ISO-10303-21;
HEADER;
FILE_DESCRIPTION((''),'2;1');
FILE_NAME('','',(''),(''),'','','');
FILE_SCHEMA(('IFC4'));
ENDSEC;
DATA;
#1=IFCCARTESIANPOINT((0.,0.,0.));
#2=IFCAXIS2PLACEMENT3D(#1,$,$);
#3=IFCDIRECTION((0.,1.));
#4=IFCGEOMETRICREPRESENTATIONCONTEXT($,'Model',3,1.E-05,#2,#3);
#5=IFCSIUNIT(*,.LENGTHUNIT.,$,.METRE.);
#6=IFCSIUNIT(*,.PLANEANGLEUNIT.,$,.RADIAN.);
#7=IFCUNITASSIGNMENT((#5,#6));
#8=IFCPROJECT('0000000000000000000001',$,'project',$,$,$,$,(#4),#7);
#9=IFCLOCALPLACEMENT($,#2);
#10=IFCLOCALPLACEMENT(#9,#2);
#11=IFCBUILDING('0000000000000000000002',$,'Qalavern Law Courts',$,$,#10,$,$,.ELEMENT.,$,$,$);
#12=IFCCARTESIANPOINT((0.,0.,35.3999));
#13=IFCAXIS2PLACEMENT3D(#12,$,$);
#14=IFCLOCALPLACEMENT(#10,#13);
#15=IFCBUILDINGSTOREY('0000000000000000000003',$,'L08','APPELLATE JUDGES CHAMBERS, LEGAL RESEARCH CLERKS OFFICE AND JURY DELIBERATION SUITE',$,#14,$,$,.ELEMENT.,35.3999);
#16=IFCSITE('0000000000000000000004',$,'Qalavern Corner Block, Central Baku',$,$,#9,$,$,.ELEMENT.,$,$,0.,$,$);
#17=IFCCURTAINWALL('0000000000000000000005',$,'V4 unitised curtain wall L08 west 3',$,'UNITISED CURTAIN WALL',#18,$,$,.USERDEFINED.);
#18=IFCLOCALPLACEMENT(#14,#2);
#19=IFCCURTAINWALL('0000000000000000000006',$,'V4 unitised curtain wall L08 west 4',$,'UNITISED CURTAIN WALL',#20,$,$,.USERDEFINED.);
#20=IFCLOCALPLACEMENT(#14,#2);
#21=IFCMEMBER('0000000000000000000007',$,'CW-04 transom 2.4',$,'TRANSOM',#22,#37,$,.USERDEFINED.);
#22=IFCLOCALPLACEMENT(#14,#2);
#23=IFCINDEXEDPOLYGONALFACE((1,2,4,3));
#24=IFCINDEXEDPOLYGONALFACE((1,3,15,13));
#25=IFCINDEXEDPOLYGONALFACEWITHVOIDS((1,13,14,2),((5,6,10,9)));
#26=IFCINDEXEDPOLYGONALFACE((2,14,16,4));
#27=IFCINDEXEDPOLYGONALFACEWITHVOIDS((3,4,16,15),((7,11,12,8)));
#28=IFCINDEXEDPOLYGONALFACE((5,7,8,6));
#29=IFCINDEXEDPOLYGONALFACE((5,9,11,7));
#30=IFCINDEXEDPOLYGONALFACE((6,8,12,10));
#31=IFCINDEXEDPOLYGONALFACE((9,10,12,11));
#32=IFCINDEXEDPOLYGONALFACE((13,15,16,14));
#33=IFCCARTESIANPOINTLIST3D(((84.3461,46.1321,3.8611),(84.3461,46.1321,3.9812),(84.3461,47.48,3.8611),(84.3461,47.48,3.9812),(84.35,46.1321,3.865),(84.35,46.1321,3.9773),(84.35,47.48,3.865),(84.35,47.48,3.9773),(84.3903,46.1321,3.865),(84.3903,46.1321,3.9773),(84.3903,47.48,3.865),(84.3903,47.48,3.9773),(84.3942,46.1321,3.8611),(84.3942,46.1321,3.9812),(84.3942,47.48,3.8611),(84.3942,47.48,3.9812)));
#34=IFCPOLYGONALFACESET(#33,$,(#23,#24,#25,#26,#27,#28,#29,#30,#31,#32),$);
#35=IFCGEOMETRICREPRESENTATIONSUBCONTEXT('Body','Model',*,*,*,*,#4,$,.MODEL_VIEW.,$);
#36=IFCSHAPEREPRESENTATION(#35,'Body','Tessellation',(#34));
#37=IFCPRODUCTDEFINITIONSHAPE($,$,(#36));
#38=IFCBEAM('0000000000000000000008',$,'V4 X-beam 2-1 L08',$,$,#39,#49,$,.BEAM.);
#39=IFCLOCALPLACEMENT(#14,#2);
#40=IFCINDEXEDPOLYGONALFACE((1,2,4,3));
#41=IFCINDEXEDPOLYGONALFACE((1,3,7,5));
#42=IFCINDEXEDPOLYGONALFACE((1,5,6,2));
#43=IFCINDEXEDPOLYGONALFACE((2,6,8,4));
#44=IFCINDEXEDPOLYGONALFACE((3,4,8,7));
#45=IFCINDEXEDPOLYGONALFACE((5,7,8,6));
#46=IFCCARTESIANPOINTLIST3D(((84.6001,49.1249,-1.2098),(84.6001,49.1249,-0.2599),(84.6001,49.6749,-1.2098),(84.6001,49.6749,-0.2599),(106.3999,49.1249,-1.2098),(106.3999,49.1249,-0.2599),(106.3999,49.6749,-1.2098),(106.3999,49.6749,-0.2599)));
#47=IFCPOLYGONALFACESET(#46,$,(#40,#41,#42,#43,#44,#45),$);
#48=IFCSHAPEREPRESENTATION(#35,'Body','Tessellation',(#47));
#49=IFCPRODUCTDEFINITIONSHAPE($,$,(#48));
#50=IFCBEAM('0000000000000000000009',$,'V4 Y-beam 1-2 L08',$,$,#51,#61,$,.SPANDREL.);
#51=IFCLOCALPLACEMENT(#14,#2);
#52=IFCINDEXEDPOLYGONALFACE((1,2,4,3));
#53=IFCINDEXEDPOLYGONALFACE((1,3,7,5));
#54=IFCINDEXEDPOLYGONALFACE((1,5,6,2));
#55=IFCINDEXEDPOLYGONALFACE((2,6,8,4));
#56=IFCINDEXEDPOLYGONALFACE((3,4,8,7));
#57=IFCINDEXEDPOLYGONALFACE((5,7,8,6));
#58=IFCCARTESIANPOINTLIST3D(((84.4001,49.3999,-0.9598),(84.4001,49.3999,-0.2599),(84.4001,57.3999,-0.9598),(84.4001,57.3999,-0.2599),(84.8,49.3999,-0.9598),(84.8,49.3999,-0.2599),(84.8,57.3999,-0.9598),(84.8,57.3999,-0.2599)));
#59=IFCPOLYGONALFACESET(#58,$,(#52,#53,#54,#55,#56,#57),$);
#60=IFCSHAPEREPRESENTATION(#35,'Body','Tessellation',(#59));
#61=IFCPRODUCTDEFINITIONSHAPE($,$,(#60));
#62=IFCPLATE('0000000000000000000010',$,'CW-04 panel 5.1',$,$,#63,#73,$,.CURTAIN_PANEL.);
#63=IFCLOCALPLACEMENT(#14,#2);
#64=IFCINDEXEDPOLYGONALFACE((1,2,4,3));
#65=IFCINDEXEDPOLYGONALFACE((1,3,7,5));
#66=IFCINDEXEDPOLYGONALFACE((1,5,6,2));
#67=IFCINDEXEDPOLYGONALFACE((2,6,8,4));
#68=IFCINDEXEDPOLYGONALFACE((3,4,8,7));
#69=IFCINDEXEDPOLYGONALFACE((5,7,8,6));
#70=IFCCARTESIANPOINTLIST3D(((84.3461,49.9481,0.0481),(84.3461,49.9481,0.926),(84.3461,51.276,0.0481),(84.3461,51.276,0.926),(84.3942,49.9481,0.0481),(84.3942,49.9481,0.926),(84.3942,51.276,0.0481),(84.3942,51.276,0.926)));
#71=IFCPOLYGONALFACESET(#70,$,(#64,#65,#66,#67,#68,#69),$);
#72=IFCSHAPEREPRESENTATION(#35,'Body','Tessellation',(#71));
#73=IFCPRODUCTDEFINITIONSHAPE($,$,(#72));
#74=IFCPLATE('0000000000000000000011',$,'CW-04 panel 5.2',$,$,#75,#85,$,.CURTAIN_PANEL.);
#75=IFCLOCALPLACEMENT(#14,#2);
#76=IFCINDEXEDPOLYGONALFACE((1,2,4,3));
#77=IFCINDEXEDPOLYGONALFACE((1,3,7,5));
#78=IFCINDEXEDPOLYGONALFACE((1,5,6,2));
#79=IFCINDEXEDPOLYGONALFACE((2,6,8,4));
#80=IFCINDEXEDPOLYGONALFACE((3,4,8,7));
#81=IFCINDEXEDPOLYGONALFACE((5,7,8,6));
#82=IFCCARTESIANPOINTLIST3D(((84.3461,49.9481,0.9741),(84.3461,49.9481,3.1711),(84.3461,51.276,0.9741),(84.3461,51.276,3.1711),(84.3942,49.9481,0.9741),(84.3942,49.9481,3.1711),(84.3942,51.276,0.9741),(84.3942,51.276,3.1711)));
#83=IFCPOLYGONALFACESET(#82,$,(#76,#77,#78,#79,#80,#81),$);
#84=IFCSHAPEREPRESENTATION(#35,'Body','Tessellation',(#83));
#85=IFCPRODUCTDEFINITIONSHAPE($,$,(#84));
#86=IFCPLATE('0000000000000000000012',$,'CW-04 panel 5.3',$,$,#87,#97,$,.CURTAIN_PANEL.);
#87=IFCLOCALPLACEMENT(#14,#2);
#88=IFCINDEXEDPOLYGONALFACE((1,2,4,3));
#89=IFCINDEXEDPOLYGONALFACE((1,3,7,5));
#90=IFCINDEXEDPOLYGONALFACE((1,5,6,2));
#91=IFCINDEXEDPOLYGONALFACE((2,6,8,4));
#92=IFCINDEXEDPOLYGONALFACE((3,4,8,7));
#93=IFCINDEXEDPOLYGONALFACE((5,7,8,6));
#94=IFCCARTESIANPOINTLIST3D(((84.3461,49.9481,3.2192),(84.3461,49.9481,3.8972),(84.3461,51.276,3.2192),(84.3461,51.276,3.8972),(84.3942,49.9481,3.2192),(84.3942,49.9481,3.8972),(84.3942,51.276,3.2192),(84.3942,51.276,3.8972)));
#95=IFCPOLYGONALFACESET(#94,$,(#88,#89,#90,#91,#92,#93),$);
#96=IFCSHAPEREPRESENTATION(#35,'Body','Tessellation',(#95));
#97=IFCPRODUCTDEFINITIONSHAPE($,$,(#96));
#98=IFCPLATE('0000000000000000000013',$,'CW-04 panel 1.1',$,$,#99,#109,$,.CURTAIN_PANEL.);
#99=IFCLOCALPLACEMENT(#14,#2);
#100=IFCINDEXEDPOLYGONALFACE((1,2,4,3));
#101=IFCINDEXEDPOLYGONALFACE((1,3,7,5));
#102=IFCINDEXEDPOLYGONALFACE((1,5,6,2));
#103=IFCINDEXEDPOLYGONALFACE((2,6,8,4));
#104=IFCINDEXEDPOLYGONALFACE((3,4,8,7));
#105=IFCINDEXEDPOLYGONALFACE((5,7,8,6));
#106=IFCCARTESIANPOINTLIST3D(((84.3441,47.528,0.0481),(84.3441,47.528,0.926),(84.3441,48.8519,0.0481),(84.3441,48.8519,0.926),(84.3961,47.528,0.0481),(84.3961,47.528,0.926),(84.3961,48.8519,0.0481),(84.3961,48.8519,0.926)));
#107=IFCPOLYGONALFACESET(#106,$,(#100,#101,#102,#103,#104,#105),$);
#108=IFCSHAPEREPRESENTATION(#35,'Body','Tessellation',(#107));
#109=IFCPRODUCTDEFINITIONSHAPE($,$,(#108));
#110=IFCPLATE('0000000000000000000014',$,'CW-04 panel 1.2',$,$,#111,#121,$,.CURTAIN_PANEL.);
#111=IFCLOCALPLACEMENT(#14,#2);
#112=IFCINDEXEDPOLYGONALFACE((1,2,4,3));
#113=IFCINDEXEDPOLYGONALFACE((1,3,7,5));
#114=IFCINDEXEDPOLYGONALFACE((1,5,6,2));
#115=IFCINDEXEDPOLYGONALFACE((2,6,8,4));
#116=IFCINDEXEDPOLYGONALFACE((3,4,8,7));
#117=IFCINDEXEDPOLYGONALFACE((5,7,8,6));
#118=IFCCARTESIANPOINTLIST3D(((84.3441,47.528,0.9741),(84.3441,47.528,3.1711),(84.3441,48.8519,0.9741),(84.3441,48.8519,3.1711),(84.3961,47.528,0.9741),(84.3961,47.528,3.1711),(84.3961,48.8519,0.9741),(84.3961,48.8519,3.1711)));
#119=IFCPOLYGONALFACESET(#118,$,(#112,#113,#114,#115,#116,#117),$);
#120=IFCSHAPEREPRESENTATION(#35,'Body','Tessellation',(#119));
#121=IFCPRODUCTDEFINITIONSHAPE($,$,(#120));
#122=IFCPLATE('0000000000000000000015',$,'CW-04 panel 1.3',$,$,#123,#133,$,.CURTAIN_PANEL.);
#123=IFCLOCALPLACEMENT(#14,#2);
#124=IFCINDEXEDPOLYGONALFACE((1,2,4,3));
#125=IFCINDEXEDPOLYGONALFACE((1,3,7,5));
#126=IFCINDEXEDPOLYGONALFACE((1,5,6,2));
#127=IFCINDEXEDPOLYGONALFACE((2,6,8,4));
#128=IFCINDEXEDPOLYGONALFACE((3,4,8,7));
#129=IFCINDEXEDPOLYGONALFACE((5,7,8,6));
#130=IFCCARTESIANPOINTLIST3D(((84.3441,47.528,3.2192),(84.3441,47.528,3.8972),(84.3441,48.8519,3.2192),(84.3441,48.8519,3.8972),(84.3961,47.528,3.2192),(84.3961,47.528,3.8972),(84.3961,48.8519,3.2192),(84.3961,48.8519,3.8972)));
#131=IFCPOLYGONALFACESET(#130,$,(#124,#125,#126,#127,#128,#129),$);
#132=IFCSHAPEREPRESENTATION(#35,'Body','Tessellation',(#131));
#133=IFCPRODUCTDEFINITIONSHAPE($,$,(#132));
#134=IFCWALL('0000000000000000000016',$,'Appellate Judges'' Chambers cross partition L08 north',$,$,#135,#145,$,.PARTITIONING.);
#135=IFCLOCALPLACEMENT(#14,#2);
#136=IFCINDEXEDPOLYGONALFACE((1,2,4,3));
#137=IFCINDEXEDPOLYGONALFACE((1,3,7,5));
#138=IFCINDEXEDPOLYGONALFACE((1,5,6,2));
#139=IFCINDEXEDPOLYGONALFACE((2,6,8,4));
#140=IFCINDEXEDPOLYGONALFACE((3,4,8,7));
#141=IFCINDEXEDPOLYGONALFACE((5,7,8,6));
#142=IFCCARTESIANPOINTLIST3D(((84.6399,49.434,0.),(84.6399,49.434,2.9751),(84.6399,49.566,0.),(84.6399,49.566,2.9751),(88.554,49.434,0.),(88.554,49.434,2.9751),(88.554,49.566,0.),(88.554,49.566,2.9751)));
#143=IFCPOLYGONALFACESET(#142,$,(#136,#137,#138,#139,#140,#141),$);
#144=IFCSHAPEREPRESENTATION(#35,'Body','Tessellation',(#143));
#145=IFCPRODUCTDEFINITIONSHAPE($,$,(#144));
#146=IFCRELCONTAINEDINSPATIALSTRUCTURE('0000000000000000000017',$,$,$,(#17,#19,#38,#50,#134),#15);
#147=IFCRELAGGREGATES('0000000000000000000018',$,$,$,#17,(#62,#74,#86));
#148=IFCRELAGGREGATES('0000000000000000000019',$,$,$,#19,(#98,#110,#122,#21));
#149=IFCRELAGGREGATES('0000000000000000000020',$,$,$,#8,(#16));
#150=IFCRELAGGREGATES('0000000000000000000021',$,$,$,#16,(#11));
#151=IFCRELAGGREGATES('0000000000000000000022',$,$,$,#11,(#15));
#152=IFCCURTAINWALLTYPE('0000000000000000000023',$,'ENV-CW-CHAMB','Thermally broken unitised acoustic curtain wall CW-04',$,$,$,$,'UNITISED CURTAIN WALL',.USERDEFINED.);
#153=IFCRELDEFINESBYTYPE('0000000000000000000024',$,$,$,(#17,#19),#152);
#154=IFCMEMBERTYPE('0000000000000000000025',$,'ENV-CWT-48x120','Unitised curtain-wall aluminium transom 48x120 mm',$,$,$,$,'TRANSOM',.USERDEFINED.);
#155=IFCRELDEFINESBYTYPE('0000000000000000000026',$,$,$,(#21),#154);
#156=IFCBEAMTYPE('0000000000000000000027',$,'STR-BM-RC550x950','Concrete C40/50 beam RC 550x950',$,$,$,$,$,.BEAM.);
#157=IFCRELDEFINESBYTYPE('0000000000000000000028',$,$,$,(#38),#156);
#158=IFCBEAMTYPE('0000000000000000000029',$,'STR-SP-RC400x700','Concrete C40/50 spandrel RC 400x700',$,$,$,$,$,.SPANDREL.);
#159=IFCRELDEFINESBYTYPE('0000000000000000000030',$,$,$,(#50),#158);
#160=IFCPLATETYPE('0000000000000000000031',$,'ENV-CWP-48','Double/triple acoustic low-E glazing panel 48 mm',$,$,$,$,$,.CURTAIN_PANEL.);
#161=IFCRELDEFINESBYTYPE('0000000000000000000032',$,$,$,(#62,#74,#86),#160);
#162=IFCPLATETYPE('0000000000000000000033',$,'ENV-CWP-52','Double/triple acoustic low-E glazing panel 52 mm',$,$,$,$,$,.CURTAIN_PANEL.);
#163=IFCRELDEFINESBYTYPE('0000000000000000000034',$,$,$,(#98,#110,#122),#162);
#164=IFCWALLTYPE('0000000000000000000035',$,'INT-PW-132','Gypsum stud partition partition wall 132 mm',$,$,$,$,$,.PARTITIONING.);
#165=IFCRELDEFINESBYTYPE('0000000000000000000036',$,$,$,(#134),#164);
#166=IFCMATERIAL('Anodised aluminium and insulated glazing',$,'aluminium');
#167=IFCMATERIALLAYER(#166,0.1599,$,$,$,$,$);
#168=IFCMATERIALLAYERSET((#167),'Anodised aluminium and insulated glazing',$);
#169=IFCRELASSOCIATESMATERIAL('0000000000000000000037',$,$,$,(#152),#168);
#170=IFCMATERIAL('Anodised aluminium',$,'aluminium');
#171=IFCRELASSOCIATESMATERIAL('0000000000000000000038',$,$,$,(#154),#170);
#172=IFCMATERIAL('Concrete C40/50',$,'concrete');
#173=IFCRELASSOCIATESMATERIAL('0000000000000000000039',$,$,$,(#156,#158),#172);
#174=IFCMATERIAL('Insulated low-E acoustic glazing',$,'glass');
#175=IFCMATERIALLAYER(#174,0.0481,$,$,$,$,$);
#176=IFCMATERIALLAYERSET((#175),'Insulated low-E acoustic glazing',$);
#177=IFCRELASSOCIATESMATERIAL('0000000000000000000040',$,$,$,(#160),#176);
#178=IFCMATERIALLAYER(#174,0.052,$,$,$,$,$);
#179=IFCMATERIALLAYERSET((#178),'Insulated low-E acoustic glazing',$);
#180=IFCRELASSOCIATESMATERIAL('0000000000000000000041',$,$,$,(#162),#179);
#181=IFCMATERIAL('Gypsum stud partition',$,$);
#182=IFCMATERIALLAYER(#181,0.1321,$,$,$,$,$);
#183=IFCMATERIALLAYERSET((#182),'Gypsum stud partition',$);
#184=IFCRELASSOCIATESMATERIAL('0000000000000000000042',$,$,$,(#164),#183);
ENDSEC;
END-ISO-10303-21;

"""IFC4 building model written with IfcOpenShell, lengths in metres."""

from ifc_helpers import new_model, si_unit, direction, frame, frame_2d, origin, origin_2d, place, context, subcontext, project, spatial, rectangle, hollow_rectangle, extrude, material, layer, layer_set, material_profile, profile_set, type_object, element, aggregate, save


model = new_model("IFC4")

# Units and contexts
model_context = context("Model", 3, precision=1e-05, world=origin(), true_north=direction((0.0, 1.0)))
body_context = subcontext(model_context, "Body", "Model", "MODEL_VIEW")
ifc_project = project(units=[si_unit("LENGTHUNIT", "METRE"), si_unit("PLANEANGLEUNIT", "RADIAN")], contexts=[model_context])

# Site, building, storey
site_placement = place(None, origin())
site = spatial("IfcSite", under=ifc_project, at=site_placement, Name="Qalavern Corner Block, Central Baku", CompositionType="ELEMENT", RefElevation=0.0)
building_placement = place(site_placement, origin())
building = spatial("IfcBuilding", under=site, at=building_placement, Name="Qalavern Law Courts", CompositionType="ELEMENT")
storey_placement = place(building_placement, frame((0.0, 0.0, 35.3999)))
storey = spatial("IfcBuildingStorey", under=building, at=storey_placement, Name="L08", Description="APPELLATE JUDGES CHAMBERS, LEGAL RESEARCH CLERKS OFFICE AND JURY DELIBERATION SUITE", CompositionType="ELEMENT", Elevation=35.3999)

# Curtain wall
ifc_material_1 = material(Name="Anodised aluminium and insulated glazing", Category="aluminium")
ifc_layer_1 = layer(ifc_material_1, 0.1599)
ifc_layer_set_1 = layer_set([ifc_layer_1], Name="Anodised aluminium and insulated glazing")
curtain_wall_type = type_object("IfcCurtainWallType", Name="ENV-CW-CHAMB", Description="Thermally broken unitised acoustic curtain wall CW-04", ElementType="UNITISED CURTAIN WALL", PredefinedType="USERDEFINED", material=ifc_layer_set_1)
curtain_wall_1_placement = place(storey_placement, origin())
curtain_wall_1 = element("IfcCurtainWall", 1, at=curtain_wall_1_placement, inside=storey, type_object=curtain_wall_type, Name="V4 unitised curtain wall L08 west 3", ObjectType="UNITISED CURTAIN WALL", PredefinedType="USERDEFINED")
ifc_material_2 = material(Name="Anodised aluminium", Category="aluminium")

# Curtain wall, member
curtain_wall_2_placement = place(storey_placement, origin())
curtain_wall_2 = element("IfcCurtainWall", 2, at=curtain_wall_2_placement, inside=storey, type_object=curtain_wall_type, Name="V4 unitised curtain wall L08 west 4", ObjectType="UNITISED CURTAIN WALL", PredefinedType="USERDEFINED")
ifc_material_profile_1 = material_profile(ifc_material_2, hollow_rectangle(XDim=0.0481, YDim=0.1201, WallThickness=0.0039, at=origin_2d()), Name="ALU TRANSOM 48x120")
ifc_profile_set_1 = profile_set([ifc_material_profile_1], Name="Anodised aluminium")
member_type_1 = type_object("IfcMemberType", Name="ENV-CWT-48x120", Description="Unitised curtain-wall aluminium transom 48x120 mm", ElementType="TRANSOM", PredefinedType="USERDEFINED", material=ifc_profile_set_1)
member_1_placement = place(storey_placement, frame((84.3701, 47.48, 3.9211), z_axis=(0.0, -1.0, 0.0), x_axis=(1.0, 0.0, 0.0)))
member_1 = element("IfcMember", 3, at=member_1_placement, type_object=member_type_1, Name="CW-04 transom 2.4", ObjectType="TRANSOM", PredefinedType="USERDEFINED", context=body_context, shape_type="SweptSolid", body=[
    extrude(hollow_rectangle(XDim=0.0481, YDim=0.1201, WallThickness=0.0039, at=origin_2d()), origin(), (0.0, 0.0, 1.0), 1.3479),
])

# Beams
ifc_material_3 = material(Name="Concrete C40/50", Category="concrete")
ifc_material_profile_2 = material_profile(ifc_material_3, rectangle(XDim=0.55, YDim=0.95, at=origin_2d()), Name="RC 550x950")
ifc_profile_set_2 = profile_set([ifc_material_profile_2], Name="Concrete C40/50")
beam_type_1 = type_object("IfcBeamType", Name="STR-BM-RC550x950", Description="Concrete C40/50 beam RC 550x950", PredefinedType="BEAM", material=ifc_profile_set_2)
beam_1_placement = place(storey_placement, frame((84.6001, 49.3999, -0.7349), z_axis=(1.0, 0.0, 0.0), x_axis=(0.0, 1.0, 0.0)))
element("IfcBeam", 4, at=beam_1_placement, inside=storey, type_object=beam_type_1, Name="V4 X-beam 2-1 L08", PredefinedType="BEAM", context=body_context, shape_type="SweptSolid", body=[
    extrude(rectangle(XDim=0.55, YDim=0.95, at=origin_2d()), origin(), (0.0, 0.0, 1.0), 21.7998),
])
ifc_material_profile_3 = material_profile(ifc_material_3, rectangle(XDim=0.3999, YDim=0.7, at=origin_2d()), Name="RC 400x700")
ifc_profile_set_3 = profile_set([ifc_material_profile_3], Name="Concrete C40/50")
beam_type_2 = type_object("IfcBeamType", Name="STR-SP-RC400x700", Description="Concrete C40/50 spandrel RC 400x700", PredefinedType="SPANDREL", material=ifc_profile_set_3)
beam_2_placement = place(storey_placement, frame((84.6001, 49.3999, -0.6099), z_axis=(0.0, 1.0, 0.0), x_axis=(-1.0, 0.0, 0.0)))
element("IfcBeam", 5, at=beam_2_placement, inside=storey, type_object=beam_type_2, Name="V4 Y-beam 1-2 L08", PredefinedType="SPANDREL", context=body_context, shape_type="SweptSolid", body=[
    extrude(rectangle(XDim=0.3999, YDim=0.7, at=origin_2d()), origin(), (0.0, 0.0, 1.0), 8.0),
])

# Plates
ifc_material_4 = material(Name="Insulated low-E acoustic glazing", Category="glass")
ifc_layer_2 = layer(ifc_material_4, 0.0481)
ifc_layer_set_2 = layer_set([ifc_layer_2], Name="Insulated low-E acoustic glazing")
plate_type_1 = type_object("IfcPlateType", Name="ENV-CWP-48", Description="Double/triple acoustic low-E glazing panel 48 mm", PredefinedType="CURTAIN_PANEL", material=ifc_layer_set_2)
plate_1_placement = place(storey_placement, frame((84.3701, 50.6121, 0.0481), z_axis=(0.0, 0.0, 1.0), x_axis=(0.0, -1.0, 0.0)))
plate_1 = element("IfcPlate", 6, at=plate_1_placement, type_object=plate_type_1, Name="CW-04 panel 5.1", PredefinedType="CURTAIN_PANEL", context=body_context, shape_type="SweptSolid", body=[
    extrude(rectangle(XDim=1.3279, YDim=0.0481, at=origin_2d()), origin(), (0.0, 0.0, 1.0), 0.8779),
])
plate_2_placement = place(storey_placement, frame((84.3701, 50.6121, 0.9741), z_axis=(0.0, 0.0, 1.0), x_axis=(0.0, -1.0, 0.0)))
plate_2 = element("IfcPlate", 7, at=plate_2_placement, type_object=plate_type_1, Name="CW-04 panel 5.2", PredefinedType="CURTAIN_PANEL", context=body_context, shape_type="SweptSolid", body=[
    extrude(rectangle(XDim=1.3279, YDim=0.0481, at=origin_2d()), origin(), (0.0, 0.0, 1.0), 2.197),
])
plate_3_placement = place(storey_placement, frame((84.3701, 50.6121, 3.2192), z_axis=(0.0, 0.0, 1.0), x_axis=(0.0, -1.0, 0.0)))
plate_3 = element("IfcPlate", 8, at=plate_3_placement, type_object=plate_type_1, Name="CW-04 panel 5.3", PredefinedType="CURTAIN_PANEL", context=body_context, shape_type="SweptSolid", body=[
    extrude(rectangle(XDim=1.3279, YDim=0.0481, at=origin_2d()), origin(), (0.0, 0.0, 1.0), 0.678),
])
aggregate(curtain_wall_1, [plate_1, plate_2, plate_3])
ifc_layer_3 = layer(ifc_material_4, 0.052)
ifc_layer_set_3 = layer_set([ifc_layer_3], Name="Insulated low-E acoustic glazing")
plate_type_2 = type_object("IfcPlateType", Name="ENV-CWP-52", Description="Double/triple acoustic low-E glazing panel 52 mm", PredefinedType="CURTAIN_PANEL", material=ifc_layer_set_3)
plate_4_placement = place(storey_placement, frame((84.3701, 48.1899, 0.0481), z_axis=(0.0, 0.0, 1.0), x_axis=(0.0, -1.0, 0.0)))
plate_4 = element("IfcPlate", 9, at=plate_4_placement, type_object=plate_type_2, Name="CW-04 panel 1.1", PredefinedType="CURTAIN_PANEL", context=body_context, shape_type="SweptSolid", body=[
    extrude(rectangle(XDim=1.324, YDim=0.052, at=origin_2d()), origin(), (0.0, 0.0, 1.0), 0.8779),
])
plate_5_placement = place(storey_placement, frame((84.3701, 48.1899, 0.9741), z_axis=(0.0, 0.0, 1.0), x_axis=(0.0, -1.0, 0.0)))
plate_5 = element("IfcPlate", 10, at=plate_5_placement, type_object=plate_type_2, Name="CW-04 panel 1.2", PredefinedType="CURTAIN_PANEL", context=body_context, shape_type="SweptSolid", body=[
    extrude(rectangle(XDim=1.324, YDim=0.052, at=origin_2d()), origin(), (0.0, 0.0, 1.0), 2.197),
])
plate_6_placement = place(storey_placement, frame((84.3701, 48.1899, 3.2192), z_axis=(0.0, 0.0, 1.0), x_axis=(0.0, -1.0, 0.0)))
plate_6 = element("IfcPlate", 11, at=plate_6_placement, type_object=plate_type_2, Name="CW-04 panel 1.3", PredefinedType="CURTAIN_PANEL", context=body_context, shape_type="SweptSolid", body=[
    extrude(rectangle(XDim=1.324, YDim=0.052, at=origin_2d()), origin(), (0.0, 0.0, 1.0), 0.678),
])
aggregate(curtain_wall_2, [plate_4, plate_5, plate_6, member_1])

# Wall
ifc_material_5 = material(Name="Gypsum stud partition")
ifc_layer_4 = layer(ifc_material_5, 0.1321)
ifc_layer_set_4 = layer_set([ifc_layer_4], Name="Gypsum stud partition")
wall_type = type_object("IfcWallType", Name="INT-PW-132", Description="Gypsum stud partition partition wall 132 mm", PredefinedType="PARTITIONING", material=ifc_layer_set_4)
wall_placement = place(storey_placement, frame((84.6399, 49.5, 0.0), z_axis=(0.0, 0.0, 1.0), x_axis=(1.0, 0.0, 0.0)))
element("IfcWall", 12, at=wall_placement, inside=storey, type_object=wall_type, Name="Appellate Judges' Chambers cross partition L08 north", PredefinedType="PARTITIONING", context=body_context, shape_type="SweptSolid", body=[
    extrude(rectangle(XDim=3.9141, YDim=0.1321, at=frame_2d((1.957, 0.0))), origin(), (0.0, 0.0, 1.0), 2.9751),
])

save(model, "model.ifc")
